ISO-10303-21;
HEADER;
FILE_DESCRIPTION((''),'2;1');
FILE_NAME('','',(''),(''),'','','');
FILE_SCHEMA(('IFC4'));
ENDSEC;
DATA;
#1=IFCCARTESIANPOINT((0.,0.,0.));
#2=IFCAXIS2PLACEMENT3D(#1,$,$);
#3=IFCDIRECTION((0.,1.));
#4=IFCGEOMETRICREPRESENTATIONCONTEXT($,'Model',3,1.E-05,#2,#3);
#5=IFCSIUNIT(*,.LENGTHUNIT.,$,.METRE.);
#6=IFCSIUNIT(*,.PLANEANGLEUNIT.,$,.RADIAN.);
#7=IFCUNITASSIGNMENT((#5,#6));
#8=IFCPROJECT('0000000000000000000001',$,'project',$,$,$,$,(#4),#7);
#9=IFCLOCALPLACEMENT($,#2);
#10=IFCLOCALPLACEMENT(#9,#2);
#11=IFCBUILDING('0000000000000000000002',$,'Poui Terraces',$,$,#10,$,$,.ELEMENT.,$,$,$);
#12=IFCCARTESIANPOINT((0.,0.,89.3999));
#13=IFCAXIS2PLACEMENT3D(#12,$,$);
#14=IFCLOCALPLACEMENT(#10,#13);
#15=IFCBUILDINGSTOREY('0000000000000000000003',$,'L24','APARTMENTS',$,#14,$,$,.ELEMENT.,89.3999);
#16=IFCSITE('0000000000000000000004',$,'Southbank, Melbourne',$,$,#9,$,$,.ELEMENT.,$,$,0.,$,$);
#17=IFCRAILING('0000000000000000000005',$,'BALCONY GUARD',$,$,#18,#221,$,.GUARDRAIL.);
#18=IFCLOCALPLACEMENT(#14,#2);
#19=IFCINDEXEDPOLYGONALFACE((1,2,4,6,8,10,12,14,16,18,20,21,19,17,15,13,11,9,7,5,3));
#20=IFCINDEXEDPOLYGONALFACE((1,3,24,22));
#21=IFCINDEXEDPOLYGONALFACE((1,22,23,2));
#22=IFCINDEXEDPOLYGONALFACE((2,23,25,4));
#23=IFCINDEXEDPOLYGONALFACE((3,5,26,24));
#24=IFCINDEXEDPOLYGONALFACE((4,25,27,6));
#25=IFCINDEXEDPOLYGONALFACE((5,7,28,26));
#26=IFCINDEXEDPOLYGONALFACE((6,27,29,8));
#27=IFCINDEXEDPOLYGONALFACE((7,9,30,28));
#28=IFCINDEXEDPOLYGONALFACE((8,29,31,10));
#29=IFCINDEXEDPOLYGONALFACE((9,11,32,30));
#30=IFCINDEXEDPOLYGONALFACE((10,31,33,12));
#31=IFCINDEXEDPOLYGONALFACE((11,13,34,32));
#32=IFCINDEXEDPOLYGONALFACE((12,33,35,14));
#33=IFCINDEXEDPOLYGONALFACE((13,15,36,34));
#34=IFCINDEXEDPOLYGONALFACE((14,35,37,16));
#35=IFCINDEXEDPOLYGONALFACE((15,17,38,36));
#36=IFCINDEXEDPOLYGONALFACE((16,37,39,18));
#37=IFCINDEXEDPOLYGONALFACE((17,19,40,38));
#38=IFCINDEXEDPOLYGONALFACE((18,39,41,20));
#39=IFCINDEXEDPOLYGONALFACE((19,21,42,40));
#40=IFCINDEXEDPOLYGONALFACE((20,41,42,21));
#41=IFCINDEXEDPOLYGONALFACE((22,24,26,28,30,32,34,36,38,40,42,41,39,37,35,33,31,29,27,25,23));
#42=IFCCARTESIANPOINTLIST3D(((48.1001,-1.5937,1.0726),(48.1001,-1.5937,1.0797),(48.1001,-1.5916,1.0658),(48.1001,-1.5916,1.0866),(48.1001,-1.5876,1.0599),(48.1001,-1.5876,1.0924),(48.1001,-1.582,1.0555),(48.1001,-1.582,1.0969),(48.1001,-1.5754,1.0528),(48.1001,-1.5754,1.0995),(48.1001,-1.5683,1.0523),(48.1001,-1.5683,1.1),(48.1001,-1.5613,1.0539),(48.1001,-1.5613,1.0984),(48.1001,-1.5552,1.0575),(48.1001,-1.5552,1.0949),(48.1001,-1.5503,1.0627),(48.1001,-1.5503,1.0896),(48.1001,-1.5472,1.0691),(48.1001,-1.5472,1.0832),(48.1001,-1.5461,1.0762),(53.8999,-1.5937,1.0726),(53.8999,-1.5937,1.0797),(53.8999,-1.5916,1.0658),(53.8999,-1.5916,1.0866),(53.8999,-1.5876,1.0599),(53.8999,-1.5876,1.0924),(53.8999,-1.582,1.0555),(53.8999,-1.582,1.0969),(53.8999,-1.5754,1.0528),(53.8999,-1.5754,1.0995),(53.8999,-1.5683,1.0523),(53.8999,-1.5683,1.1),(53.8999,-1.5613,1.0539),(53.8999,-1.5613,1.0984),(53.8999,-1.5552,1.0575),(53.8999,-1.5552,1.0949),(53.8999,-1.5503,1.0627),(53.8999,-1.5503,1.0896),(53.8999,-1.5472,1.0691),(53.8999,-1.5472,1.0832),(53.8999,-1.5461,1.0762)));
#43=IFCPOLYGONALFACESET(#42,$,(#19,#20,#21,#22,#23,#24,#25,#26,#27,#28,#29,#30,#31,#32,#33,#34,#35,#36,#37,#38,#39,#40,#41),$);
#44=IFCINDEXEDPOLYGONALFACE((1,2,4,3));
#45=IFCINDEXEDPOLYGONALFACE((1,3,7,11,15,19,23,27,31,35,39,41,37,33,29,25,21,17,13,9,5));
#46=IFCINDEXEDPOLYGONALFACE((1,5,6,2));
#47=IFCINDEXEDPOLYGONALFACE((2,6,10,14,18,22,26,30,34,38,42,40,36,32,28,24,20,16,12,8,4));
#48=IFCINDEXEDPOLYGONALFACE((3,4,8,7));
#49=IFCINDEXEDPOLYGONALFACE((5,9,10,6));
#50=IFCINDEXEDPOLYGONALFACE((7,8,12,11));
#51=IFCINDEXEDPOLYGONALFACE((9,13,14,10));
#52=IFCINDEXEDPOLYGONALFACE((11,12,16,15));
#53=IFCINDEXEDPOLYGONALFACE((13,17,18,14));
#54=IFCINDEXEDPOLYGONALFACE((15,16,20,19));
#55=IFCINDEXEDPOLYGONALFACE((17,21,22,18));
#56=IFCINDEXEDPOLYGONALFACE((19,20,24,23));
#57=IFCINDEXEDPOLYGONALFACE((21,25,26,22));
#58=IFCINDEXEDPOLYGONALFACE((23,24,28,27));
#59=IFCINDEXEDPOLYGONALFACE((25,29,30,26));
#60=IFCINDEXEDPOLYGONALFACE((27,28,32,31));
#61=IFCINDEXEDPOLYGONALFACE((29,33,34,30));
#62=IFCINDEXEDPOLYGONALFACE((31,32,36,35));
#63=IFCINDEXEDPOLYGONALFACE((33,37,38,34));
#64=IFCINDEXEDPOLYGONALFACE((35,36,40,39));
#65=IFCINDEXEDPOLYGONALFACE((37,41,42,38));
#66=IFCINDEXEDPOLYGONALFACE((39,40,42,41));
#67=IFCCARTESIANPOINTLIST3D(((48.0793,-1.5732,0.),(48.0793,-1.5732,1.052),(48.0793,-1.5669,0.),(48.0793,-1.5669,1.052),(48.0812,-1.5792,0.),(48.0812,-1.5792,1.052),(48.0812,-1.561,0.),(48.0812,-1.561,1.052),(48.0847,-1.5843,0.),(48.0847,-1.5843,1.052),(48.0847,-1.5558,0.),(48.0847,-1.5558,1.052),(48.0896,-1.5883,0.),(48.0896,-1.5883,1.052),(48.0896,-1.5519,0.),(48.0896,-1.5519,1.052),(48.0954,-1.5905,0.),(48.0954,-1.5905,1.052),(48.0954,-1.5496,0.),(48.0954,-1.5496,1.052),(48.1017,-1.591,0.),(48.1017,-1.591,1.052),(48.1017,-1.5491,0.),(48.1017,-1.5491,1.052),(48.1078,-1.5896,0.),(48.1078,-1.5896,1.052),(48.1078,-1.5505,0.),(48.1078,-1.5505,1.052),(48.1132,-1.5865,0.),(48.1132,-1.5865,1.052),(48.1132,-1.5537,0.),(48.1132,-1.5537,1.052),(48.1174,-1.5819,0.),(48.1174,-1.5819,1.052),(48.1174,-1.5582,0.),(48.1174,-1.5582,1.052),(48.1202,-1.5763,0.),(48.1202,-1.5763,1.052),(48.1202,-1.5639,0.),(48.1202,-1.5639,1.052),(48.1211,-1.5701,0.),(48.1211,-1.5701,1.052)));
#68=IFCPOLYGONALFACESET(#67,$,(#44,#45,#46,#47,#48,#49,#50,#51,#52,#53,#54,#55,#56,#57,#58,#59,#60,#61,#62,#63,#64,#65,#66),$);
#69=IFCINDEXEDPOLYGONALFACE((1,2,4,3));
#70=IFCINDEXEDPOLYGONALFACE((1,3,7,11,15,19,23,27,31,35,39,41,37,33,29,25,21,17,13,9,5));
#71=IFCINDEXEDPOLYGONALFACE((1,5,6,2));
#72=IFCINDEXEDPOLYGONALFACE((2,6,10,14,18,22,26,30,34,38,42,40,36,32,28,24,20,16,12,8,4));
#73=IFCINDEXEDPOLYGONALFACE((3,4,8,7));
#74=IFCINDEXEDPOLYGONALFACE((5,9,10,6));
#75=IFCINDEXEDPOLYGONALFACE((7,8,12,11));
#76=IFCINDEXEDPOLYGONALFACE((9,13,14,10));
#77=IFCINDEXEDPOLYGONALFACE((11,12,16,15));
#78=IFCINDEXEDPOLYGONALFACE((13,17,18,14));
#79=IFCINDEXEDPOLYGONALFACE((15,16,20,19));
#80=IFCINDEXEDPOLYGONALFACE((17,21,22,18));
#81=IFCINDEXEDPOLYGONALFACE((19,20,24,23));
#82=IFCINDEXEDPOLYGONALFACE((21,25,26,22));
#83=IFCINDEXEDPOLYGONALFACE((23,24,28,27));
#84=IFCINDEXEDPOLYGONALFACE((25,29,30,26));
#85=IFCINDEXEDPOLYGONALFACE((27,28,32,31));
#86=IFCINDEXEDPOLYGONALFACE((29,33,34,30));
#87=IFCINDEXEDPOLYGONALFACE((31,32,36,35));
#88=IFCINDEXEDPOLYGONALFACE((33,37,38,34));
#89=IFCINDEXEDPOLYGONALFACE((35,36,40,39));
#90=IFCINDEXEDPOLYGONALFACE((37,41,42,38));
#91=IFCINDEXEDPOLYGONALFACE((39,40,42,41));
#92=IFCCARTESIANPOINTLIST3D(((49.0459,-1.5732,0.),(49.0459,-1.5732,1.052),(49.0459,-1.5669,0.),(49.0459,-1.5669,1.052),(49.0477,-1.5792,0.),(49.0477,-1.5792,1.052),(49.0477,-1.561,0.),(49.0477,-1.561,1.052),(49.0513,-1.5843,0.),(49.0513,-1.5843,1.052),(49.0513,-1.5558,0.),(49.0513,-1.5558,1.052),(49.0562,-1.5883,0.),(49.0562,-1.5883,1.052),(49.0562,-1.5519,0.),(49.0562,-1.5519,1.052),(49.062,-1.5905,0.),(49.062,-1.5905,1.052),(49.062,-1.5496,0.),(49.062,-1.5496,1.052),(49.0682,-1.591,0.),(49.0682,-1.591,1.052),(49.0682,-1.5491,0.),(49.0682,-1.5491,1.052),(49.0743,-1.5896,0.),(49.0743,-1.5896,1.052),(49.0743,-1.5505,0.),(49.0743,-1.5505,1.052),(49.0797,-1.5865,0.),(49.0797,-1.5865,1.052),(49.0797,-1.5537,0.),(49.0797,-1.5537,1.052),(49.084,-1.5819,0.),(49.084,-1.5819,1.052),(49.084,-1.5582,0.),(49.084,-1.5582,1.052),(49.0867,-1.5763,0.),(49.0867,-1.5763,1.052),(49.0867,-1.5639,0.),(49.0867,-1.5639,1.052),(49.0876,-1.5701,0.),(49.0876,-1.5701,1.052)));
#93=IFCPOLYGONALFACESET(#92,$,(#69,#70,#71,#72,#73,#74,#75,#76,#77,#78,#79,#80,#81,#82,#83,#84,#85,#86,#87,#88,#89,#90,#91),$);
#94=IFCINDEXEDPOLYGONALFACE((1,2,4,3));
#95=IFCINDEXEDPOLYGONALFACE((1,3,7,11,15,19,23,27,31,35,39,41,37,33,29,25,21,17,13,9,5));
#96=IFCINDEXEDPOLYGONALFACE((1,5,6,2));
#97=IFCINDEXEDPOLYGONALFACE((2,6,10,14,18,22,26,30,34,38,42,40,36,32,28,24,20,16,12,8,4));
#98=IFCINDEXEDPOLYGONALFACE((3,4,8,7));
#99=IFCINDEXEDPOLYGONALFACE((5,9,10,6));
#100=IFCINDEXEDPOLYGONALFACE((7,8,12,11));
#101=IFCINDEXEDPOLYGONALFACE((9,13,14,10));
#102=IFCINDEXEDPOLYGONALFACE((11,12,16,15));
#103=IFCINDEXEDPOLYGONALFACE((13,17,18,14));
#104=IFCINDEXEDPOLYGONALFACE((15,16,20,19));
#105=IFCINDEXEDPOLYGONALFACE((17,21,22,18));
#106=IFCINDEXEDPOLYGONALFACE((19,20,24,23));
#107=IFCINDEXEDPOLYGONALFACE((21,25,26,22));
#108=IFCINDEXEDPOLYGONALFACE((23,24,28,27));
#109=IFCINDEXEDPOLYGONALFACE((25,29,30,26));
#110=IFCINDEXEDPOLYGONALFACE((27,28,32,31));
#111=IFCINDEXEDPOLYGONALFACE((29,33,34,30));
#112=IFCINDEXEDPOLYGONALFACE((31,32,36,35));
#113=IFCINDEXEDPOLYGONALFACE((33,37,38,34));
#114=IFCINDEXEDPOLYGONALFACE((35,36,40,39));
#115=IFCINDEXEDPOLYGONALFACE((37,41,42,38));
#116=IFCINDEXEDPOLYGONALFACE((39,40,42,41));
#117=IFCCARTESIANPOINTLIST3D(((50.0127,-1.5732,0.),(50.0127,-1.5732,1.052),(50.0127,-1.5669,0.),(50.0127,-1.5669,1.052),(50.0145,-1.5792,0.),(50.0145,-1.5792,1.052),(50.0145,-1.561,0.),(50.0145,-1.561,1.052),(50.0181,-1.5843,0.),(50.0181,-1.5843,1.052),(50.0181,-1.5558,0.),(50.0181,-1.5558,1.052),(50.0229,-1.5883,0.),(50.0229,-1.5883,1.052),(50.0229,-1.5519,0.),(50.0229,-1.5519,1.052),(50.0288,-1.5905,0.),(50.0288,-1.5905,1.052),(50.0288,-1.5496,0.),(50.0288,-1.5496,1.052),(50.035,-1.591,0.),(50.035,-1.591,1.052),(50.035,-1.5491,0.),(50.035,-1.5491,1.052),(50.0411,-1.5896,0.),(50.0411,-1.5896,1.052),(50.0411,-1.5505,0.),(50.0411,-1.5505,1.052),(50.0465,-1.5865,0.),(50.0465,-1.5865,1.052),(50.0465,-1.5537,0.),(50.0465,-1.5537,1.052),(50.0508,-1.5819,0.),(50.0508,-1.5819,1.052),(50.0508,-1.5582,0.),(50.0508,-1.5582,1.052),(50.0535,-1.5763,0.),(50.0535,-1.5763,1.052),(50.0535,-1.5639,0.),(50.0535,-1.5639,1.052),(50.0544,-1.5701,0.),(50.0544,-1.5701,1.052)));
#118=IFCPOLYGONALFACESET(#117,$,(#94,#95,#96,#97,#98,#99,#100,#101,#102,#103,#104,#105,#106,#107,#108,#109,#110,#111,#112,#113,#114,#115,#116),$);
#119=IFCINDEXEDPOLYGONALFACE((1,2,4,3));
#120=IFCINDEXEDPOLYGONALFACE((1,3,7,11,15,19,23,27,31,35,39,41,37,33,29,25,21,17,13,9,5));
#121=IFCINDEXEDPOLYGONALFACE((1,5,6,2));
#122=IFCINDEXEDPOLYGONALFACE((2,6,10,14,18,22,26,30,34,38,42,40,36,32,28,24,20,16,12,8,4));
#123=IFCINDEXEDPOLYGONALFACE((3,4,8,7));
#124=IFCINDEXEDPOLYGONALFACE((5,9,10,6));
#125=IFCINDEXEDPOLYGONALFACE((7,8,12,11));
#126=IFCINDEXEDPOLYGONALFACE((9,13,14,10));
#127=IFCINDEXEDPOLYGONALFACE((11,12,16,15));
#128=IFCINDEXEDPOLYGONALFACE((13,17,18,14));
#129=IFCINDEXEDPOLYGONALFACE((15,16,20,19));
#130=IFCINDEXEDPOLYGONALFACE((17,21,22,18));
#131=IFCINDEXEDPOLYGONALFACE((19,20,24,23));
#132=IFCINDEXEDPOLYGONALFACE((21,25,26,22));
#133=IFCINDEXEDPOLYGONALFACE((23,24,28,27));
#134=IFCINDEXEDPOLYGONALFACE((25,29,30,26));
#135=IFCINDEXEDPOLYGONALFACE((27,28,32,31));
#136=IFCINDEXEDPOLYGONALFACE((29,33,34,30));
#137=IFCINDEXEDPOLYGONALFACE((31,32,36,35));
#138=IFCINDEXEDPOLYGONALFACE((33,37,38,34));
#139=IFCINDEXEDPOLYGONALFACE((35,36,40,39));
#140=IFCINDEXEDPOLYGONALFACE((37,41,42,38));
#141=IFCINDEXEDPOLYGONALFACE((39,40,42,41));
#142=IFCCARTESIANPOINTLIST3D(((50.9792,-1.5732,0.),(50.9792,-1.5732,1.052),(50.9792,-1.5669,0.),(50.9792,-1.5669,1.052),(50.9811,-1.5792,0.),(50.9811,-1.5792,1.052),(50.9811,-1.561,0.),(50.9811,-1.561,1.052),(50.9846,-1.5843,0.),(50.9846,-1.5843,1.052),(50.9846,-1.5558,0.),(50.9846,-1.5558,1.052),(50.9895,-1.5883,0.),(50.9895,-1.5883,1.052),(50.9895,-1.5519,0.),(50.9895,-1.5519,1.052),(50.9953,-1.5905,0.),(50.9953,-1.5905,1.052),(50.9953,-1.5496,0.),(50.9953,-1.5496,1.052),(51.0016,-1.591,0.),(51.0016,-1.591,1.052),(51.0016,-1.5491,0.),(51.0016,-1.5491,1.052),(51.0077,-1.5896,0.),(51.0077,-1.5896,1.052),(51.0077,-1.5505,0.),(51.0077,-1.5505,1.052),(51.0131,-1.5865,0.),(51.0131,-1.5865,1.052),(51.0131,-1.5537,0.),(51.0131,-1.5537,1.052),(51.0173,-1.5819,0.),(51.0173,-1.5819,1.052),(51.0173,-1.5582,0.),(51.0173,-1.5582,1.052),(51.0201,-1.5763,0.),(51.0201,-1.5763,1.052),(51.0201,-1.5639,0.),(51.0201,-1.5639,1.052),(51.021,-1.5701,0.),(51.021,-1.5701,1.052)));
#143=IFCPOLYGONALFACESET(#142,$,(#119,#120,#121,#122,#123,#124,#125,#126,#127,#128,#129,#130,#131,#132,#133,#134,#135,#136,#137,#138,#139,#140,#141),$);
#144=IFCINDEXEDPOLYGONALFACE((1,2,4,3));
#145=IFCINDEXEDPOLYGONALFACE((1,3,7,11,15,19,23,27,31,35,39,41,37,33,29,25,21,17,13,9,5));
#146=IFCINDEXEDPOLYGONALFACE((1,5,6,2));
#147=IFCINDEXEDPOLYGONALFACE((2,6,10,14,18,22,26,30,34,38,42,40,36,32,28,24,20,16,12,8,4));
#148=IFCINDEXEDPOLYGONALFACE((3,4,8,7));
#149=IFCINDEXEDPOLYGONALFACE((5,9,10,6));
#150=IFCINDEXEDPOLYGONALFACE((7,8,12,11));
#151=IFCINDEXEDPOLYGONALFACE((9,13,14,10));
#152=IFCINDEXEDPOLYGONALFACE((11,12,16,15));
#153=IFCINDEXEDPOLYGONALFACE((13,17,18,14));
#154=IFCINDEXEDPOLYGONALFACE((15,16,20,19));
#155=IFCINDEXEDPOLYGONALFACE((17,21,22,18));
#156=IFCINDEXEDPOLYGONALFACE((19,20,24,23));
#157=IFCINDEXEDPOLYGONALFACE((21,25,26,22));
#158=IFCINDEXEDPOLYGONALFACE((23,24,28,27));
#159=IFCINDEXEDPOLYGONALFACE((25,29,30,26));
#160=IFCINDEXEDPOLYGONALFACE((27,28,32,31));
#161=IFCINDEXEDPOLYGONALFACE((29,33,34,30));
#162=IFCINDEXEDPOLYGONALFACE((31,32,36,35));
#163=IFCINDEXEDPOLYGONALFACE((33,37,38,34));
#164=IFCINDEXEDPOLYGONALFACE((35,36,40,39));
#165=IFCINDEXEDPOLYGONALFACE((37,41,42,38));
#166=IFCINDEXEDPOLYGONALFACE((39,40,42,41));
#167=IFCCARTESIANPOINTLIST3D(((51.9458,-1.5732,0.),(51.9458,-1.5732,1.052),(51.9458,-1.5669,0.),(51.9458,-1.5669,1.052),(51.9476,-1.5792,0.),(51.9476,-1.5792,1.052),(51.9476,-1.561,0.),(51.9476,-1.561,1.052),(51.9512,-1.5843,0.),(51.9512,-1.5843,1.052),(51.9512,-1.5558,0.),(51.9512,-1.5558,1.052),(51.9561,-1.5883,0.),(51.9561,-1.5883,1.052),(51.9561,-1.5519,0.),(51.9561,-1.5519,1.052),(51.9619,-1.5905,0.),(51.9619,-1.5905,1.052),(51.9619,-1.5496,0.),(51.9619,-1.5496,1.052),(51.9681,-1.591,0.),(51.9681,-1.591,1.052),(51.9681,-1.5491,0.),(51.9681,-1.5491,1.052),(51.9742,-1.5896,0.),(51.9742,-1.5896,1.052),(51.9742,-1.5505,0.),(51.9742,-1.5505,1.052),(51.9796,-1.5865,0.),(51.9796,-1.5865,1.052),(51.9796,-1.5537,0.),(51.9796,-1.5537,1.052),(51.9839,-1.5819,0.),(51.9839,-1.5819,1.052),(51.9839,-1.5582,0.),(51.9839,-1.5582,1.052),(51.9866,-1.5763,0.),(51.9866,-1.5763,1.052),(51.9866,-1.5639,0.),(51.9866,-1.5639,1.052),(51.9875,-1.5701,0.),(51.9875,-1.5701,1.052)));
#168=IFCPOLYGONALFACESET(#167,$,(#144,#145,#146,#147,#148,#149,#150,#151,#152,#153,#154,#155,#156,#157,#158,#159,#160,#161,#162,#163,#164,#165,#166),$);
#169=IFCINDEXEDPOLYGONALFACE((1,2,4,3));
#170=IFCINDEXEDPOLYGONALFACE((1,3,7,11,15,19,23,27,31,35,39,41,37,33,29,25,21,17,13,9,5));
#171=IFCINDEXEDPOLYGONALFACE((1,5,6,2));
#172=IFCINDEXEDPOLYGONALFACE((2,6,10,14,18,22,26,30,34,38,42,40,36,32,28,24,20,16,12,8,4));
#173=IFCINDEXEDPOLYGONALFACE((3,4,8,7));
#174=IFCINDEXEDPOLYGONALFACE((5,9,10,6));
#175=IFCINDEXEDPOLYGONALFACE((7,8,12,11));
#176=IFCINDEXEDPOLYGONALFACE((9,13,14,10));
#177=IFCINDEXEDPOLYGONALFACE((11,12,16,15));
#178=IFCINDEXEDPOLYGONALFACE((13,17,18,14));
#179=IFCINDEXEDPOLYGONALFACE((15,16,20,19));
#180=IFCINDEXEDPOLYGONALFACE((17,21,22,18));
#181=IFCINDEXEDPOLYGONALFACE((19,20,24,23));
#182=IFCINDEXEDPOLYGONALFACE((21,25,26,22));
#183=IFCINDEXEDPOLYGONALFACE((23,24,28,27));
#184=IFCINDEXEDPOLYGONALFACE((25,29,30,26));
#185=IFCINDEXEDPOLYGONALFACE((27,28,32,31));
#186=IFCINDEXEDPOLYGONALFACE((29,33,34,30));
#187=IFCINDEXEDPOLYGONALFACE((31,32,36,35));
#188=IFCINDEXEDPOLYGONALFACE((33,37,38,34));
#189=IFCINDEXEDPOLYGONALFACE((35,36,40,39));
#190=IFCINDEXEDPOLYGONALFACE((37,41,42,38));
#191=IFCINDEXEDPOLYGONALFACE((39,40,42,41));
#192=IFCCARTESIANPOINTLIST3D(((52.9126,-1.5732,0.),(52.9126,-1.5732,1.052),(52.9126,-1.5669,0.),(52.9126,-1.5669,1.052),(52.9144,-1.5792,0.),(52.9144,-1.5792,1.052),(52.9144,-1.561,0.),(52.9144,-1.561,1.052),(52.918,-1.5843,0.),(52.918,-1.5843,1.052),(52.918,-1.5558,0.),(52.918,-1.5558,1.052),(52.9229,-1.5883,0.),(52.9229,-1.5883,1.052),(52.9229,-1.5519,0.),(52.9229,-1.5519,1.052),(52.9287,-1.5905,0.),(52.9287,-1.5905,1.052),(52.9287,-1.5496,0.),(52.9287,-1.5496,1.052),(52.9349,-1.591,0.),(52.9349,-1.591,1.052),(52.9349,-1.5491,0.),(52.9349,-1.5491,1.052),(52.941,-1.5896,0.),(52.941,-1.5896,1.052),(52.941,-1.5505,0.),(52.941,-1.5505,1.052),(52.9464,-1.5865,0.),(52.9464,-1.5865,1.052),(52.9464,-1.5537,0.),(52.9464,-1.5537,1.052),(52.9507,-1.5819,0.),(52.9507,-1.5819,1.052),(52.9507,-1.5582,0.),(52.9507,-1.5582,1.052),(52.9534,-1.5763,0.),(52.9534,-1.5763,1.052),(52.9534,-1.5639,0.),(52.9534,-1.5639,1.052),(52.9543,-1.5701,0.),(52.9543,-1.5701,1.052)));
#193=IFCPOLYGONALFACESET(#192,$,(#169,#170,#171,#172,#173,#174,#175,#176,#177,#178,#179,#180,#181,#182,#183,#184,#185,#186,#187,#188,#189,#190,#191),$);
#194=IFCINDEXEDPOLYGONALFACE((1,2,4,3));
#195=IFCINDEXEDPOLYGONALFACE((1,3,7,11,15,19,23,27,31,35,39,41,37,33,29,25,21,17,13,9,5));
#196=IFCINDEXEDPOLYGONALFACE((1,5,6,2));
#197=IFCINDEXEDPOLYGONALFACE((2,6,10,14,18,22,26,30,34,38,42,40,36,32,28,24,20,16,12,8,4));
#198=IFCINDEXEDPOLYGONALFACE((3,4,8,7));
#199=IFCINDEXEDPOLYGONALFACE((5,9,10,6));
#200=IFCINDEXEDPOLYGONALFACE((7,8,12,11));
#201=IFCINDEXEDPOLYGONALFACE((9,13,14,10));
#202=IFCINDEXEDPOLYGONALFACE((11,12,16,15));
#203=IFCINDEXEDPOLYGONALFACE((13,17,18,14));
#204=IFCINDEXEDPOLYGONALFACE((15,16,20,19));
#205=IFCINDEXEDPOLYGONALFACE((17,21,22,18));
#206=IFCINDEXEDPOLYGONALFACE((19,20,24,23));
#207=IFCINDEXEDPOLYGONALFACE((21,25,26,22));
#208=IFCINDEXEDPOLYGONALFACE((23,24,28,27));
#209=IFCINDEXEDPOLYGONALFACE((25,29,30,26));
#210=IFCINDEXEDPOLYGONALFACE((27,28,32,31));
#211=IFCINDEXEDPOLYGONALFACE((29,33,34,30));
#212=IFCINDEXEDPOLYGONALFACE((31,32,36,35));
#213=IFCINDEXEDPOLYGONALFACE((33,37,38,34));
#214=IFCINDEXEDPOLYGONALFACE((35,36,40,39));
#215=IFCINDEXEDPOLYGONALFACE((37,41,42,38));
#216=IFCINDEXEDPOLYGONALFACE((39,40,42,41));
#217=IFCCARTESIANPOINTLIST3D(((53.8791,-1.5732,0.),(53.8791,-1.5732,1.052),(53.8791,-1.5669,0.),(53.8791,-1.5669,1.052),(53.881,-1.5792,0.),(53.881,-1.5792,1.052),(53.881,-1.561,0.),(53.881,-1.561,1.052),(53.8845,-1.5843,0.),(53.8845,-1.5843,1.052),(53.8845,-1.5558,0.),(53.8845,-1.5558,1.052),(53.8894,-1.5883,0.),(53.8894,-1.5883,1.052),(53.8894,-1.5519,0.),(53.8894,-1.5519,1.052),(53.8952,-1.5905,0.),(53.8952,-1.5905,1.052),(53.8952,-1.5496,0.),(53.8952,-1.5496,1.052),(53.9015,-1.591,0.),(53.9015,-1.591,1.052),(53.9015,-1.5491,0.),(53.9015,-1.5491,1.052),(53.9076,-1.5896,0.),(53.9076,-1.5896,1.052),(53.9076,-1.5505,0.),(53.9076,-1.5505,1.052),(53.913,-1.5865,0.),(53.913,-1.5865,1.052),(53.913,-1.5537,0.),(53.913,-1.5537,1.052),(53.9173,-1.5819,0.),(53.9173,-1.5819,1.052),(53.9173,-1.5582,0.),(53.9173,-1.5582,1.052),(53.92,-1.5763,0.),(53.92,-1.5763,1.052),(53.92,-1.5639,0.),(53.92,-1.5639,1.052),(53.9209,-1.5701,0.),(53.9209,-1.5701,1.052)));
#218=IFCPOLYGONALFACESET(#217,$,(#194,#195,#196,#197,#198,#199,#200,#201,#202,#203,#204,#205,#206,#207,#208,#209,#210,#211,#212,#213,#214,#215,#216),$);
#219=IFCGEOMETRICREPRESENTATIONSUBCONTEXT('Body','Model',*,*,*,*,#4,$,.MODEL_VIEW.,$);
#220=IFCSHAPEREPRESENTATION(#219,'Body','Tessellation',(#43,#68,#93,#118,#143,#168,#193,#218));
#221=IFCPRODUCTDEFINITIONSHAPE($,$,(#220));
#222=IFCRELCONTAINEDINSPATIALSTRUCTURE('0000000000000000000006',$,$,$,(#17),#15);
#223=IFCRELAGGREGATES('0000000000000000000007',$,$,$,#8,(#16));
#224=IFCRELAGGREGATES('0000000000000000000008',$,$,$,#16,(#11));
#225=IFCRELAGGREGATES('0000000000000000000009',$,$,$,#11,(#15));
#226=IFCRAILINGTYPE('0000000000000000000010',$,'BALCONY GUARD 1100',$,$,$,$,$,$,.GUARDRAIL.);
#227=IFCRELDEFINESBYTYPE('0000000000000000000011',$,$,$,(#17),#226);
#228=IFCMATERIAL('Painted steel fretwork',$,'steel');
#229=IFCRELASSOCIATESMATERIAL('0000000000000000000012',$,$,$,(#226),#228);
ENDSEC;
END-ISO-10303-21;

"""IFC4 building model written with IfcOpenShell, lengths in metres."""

from ifc_helpers import new_model, si_unit, direction, frame, origin, origin_2d, place, context, subcontext, project, spatial, circle, extrude, material, type_object, element, save


model = new_model("IFC4")

# Units and contexts
model_context = context("Model", 3, precision=1e-05, world=origin(), true_north=direction((0.0, 1.0)))
body_context = subcontext(model_context, "Body", "Model", "MODEL_VIEW")
ifc_project = project(units=[si_unit("LENGTHUNIT", "METRE"), si_unit("PLANEANGLEUNIT", "RADIAN")], contexts=[model_context])

# Site, building, storey
site_placement = place(None, origin())
site = spatial("IfcSite", under=ifc_project, at=site_placement, Name="Southbank, Melbourne", CompositionType="ELEMENT", RefElevation=0.0)
building_placement = place(site_placement, origin())
building = spatial("IfcBuilding", under=site, at=building_placement, Name="Poui Terraces", CompositionType="ELEMENT")
storey_placement = place(building_placement, frame((0.0, 0.0, 89.3999)))
storey = spatial("IfcBuildingStorey", under=building, at=storey_placement, Name="L24", Description="APARTMENTS", CompositionType="ELEMENT", Elevation=89.3999)

# Railing
ifc_material_1 = material(Name="Painted steel fretwork", Category="steel")
railing_type = type_object("IfcRailingType", Name="BALCONY GUARD 1100", PredefinedType="GUARDRAIL", material=ifc_material_1)
railing_placement = place(storey_placement, frame((48.1001, -1.5701, 0.0)))
element("IfcRailing", 1, at=railing_placement, inside=storey, type_object=railing_type, Name="BALCONY GUARD", PredefinedType="GUARDRAIL", context=body_context, shape_type="SweptSolid", body=[
    extrude(circle(Radius=0.0239, at=origin_2d()), frame((0.0, 0.0, 1.0762), z_axis=(1.0, 0.0, 0.0), x_axis=(0.0, 1.0, 0.0)), (0.0, 0.0, 1.0), 5.7998),
    extrude(circle(Radius=0.021, at=origin_2d()), origin(), (0.0, 0.0, 1.0), 1.052),
    extrude(circle(Radius=0.021, at=origin_2d()), frame((0.9666, 0.0, 0.0)), (0.0, 0.0, 1.0), 1.052),
    extrude(circle(Radius=0.021, at=origin_2d()), frame((1.9333, 0.0, 0.0)), (0.0, 0.0, 1.0), 1.052),
    extrude(circle(Radius=0.021, at=origin_2d()), frame((2.8999, 0.0, 0.0)), (0.0, 0.0, 1.0), 1.052),
    extrude(circle(Radius=0.021, at=origin_2d()), frame((3.8665, 0.0, 0.0)), (0.0, 0.0, 1.0), 1.052),
    extrude(circle(Radius=0.021, at=origin_2d()), frame((4.8333, 0.0, 0.0)), (0.0, 0.0, 1.0), 1.052),
    extrude(circle(Radius=0.021, at=origin_2d()), frame((5.7998, 0.0, 0.0)), (0.0, 0.0, 1.0), 1.052),
])

save(model, "model.ifc")
